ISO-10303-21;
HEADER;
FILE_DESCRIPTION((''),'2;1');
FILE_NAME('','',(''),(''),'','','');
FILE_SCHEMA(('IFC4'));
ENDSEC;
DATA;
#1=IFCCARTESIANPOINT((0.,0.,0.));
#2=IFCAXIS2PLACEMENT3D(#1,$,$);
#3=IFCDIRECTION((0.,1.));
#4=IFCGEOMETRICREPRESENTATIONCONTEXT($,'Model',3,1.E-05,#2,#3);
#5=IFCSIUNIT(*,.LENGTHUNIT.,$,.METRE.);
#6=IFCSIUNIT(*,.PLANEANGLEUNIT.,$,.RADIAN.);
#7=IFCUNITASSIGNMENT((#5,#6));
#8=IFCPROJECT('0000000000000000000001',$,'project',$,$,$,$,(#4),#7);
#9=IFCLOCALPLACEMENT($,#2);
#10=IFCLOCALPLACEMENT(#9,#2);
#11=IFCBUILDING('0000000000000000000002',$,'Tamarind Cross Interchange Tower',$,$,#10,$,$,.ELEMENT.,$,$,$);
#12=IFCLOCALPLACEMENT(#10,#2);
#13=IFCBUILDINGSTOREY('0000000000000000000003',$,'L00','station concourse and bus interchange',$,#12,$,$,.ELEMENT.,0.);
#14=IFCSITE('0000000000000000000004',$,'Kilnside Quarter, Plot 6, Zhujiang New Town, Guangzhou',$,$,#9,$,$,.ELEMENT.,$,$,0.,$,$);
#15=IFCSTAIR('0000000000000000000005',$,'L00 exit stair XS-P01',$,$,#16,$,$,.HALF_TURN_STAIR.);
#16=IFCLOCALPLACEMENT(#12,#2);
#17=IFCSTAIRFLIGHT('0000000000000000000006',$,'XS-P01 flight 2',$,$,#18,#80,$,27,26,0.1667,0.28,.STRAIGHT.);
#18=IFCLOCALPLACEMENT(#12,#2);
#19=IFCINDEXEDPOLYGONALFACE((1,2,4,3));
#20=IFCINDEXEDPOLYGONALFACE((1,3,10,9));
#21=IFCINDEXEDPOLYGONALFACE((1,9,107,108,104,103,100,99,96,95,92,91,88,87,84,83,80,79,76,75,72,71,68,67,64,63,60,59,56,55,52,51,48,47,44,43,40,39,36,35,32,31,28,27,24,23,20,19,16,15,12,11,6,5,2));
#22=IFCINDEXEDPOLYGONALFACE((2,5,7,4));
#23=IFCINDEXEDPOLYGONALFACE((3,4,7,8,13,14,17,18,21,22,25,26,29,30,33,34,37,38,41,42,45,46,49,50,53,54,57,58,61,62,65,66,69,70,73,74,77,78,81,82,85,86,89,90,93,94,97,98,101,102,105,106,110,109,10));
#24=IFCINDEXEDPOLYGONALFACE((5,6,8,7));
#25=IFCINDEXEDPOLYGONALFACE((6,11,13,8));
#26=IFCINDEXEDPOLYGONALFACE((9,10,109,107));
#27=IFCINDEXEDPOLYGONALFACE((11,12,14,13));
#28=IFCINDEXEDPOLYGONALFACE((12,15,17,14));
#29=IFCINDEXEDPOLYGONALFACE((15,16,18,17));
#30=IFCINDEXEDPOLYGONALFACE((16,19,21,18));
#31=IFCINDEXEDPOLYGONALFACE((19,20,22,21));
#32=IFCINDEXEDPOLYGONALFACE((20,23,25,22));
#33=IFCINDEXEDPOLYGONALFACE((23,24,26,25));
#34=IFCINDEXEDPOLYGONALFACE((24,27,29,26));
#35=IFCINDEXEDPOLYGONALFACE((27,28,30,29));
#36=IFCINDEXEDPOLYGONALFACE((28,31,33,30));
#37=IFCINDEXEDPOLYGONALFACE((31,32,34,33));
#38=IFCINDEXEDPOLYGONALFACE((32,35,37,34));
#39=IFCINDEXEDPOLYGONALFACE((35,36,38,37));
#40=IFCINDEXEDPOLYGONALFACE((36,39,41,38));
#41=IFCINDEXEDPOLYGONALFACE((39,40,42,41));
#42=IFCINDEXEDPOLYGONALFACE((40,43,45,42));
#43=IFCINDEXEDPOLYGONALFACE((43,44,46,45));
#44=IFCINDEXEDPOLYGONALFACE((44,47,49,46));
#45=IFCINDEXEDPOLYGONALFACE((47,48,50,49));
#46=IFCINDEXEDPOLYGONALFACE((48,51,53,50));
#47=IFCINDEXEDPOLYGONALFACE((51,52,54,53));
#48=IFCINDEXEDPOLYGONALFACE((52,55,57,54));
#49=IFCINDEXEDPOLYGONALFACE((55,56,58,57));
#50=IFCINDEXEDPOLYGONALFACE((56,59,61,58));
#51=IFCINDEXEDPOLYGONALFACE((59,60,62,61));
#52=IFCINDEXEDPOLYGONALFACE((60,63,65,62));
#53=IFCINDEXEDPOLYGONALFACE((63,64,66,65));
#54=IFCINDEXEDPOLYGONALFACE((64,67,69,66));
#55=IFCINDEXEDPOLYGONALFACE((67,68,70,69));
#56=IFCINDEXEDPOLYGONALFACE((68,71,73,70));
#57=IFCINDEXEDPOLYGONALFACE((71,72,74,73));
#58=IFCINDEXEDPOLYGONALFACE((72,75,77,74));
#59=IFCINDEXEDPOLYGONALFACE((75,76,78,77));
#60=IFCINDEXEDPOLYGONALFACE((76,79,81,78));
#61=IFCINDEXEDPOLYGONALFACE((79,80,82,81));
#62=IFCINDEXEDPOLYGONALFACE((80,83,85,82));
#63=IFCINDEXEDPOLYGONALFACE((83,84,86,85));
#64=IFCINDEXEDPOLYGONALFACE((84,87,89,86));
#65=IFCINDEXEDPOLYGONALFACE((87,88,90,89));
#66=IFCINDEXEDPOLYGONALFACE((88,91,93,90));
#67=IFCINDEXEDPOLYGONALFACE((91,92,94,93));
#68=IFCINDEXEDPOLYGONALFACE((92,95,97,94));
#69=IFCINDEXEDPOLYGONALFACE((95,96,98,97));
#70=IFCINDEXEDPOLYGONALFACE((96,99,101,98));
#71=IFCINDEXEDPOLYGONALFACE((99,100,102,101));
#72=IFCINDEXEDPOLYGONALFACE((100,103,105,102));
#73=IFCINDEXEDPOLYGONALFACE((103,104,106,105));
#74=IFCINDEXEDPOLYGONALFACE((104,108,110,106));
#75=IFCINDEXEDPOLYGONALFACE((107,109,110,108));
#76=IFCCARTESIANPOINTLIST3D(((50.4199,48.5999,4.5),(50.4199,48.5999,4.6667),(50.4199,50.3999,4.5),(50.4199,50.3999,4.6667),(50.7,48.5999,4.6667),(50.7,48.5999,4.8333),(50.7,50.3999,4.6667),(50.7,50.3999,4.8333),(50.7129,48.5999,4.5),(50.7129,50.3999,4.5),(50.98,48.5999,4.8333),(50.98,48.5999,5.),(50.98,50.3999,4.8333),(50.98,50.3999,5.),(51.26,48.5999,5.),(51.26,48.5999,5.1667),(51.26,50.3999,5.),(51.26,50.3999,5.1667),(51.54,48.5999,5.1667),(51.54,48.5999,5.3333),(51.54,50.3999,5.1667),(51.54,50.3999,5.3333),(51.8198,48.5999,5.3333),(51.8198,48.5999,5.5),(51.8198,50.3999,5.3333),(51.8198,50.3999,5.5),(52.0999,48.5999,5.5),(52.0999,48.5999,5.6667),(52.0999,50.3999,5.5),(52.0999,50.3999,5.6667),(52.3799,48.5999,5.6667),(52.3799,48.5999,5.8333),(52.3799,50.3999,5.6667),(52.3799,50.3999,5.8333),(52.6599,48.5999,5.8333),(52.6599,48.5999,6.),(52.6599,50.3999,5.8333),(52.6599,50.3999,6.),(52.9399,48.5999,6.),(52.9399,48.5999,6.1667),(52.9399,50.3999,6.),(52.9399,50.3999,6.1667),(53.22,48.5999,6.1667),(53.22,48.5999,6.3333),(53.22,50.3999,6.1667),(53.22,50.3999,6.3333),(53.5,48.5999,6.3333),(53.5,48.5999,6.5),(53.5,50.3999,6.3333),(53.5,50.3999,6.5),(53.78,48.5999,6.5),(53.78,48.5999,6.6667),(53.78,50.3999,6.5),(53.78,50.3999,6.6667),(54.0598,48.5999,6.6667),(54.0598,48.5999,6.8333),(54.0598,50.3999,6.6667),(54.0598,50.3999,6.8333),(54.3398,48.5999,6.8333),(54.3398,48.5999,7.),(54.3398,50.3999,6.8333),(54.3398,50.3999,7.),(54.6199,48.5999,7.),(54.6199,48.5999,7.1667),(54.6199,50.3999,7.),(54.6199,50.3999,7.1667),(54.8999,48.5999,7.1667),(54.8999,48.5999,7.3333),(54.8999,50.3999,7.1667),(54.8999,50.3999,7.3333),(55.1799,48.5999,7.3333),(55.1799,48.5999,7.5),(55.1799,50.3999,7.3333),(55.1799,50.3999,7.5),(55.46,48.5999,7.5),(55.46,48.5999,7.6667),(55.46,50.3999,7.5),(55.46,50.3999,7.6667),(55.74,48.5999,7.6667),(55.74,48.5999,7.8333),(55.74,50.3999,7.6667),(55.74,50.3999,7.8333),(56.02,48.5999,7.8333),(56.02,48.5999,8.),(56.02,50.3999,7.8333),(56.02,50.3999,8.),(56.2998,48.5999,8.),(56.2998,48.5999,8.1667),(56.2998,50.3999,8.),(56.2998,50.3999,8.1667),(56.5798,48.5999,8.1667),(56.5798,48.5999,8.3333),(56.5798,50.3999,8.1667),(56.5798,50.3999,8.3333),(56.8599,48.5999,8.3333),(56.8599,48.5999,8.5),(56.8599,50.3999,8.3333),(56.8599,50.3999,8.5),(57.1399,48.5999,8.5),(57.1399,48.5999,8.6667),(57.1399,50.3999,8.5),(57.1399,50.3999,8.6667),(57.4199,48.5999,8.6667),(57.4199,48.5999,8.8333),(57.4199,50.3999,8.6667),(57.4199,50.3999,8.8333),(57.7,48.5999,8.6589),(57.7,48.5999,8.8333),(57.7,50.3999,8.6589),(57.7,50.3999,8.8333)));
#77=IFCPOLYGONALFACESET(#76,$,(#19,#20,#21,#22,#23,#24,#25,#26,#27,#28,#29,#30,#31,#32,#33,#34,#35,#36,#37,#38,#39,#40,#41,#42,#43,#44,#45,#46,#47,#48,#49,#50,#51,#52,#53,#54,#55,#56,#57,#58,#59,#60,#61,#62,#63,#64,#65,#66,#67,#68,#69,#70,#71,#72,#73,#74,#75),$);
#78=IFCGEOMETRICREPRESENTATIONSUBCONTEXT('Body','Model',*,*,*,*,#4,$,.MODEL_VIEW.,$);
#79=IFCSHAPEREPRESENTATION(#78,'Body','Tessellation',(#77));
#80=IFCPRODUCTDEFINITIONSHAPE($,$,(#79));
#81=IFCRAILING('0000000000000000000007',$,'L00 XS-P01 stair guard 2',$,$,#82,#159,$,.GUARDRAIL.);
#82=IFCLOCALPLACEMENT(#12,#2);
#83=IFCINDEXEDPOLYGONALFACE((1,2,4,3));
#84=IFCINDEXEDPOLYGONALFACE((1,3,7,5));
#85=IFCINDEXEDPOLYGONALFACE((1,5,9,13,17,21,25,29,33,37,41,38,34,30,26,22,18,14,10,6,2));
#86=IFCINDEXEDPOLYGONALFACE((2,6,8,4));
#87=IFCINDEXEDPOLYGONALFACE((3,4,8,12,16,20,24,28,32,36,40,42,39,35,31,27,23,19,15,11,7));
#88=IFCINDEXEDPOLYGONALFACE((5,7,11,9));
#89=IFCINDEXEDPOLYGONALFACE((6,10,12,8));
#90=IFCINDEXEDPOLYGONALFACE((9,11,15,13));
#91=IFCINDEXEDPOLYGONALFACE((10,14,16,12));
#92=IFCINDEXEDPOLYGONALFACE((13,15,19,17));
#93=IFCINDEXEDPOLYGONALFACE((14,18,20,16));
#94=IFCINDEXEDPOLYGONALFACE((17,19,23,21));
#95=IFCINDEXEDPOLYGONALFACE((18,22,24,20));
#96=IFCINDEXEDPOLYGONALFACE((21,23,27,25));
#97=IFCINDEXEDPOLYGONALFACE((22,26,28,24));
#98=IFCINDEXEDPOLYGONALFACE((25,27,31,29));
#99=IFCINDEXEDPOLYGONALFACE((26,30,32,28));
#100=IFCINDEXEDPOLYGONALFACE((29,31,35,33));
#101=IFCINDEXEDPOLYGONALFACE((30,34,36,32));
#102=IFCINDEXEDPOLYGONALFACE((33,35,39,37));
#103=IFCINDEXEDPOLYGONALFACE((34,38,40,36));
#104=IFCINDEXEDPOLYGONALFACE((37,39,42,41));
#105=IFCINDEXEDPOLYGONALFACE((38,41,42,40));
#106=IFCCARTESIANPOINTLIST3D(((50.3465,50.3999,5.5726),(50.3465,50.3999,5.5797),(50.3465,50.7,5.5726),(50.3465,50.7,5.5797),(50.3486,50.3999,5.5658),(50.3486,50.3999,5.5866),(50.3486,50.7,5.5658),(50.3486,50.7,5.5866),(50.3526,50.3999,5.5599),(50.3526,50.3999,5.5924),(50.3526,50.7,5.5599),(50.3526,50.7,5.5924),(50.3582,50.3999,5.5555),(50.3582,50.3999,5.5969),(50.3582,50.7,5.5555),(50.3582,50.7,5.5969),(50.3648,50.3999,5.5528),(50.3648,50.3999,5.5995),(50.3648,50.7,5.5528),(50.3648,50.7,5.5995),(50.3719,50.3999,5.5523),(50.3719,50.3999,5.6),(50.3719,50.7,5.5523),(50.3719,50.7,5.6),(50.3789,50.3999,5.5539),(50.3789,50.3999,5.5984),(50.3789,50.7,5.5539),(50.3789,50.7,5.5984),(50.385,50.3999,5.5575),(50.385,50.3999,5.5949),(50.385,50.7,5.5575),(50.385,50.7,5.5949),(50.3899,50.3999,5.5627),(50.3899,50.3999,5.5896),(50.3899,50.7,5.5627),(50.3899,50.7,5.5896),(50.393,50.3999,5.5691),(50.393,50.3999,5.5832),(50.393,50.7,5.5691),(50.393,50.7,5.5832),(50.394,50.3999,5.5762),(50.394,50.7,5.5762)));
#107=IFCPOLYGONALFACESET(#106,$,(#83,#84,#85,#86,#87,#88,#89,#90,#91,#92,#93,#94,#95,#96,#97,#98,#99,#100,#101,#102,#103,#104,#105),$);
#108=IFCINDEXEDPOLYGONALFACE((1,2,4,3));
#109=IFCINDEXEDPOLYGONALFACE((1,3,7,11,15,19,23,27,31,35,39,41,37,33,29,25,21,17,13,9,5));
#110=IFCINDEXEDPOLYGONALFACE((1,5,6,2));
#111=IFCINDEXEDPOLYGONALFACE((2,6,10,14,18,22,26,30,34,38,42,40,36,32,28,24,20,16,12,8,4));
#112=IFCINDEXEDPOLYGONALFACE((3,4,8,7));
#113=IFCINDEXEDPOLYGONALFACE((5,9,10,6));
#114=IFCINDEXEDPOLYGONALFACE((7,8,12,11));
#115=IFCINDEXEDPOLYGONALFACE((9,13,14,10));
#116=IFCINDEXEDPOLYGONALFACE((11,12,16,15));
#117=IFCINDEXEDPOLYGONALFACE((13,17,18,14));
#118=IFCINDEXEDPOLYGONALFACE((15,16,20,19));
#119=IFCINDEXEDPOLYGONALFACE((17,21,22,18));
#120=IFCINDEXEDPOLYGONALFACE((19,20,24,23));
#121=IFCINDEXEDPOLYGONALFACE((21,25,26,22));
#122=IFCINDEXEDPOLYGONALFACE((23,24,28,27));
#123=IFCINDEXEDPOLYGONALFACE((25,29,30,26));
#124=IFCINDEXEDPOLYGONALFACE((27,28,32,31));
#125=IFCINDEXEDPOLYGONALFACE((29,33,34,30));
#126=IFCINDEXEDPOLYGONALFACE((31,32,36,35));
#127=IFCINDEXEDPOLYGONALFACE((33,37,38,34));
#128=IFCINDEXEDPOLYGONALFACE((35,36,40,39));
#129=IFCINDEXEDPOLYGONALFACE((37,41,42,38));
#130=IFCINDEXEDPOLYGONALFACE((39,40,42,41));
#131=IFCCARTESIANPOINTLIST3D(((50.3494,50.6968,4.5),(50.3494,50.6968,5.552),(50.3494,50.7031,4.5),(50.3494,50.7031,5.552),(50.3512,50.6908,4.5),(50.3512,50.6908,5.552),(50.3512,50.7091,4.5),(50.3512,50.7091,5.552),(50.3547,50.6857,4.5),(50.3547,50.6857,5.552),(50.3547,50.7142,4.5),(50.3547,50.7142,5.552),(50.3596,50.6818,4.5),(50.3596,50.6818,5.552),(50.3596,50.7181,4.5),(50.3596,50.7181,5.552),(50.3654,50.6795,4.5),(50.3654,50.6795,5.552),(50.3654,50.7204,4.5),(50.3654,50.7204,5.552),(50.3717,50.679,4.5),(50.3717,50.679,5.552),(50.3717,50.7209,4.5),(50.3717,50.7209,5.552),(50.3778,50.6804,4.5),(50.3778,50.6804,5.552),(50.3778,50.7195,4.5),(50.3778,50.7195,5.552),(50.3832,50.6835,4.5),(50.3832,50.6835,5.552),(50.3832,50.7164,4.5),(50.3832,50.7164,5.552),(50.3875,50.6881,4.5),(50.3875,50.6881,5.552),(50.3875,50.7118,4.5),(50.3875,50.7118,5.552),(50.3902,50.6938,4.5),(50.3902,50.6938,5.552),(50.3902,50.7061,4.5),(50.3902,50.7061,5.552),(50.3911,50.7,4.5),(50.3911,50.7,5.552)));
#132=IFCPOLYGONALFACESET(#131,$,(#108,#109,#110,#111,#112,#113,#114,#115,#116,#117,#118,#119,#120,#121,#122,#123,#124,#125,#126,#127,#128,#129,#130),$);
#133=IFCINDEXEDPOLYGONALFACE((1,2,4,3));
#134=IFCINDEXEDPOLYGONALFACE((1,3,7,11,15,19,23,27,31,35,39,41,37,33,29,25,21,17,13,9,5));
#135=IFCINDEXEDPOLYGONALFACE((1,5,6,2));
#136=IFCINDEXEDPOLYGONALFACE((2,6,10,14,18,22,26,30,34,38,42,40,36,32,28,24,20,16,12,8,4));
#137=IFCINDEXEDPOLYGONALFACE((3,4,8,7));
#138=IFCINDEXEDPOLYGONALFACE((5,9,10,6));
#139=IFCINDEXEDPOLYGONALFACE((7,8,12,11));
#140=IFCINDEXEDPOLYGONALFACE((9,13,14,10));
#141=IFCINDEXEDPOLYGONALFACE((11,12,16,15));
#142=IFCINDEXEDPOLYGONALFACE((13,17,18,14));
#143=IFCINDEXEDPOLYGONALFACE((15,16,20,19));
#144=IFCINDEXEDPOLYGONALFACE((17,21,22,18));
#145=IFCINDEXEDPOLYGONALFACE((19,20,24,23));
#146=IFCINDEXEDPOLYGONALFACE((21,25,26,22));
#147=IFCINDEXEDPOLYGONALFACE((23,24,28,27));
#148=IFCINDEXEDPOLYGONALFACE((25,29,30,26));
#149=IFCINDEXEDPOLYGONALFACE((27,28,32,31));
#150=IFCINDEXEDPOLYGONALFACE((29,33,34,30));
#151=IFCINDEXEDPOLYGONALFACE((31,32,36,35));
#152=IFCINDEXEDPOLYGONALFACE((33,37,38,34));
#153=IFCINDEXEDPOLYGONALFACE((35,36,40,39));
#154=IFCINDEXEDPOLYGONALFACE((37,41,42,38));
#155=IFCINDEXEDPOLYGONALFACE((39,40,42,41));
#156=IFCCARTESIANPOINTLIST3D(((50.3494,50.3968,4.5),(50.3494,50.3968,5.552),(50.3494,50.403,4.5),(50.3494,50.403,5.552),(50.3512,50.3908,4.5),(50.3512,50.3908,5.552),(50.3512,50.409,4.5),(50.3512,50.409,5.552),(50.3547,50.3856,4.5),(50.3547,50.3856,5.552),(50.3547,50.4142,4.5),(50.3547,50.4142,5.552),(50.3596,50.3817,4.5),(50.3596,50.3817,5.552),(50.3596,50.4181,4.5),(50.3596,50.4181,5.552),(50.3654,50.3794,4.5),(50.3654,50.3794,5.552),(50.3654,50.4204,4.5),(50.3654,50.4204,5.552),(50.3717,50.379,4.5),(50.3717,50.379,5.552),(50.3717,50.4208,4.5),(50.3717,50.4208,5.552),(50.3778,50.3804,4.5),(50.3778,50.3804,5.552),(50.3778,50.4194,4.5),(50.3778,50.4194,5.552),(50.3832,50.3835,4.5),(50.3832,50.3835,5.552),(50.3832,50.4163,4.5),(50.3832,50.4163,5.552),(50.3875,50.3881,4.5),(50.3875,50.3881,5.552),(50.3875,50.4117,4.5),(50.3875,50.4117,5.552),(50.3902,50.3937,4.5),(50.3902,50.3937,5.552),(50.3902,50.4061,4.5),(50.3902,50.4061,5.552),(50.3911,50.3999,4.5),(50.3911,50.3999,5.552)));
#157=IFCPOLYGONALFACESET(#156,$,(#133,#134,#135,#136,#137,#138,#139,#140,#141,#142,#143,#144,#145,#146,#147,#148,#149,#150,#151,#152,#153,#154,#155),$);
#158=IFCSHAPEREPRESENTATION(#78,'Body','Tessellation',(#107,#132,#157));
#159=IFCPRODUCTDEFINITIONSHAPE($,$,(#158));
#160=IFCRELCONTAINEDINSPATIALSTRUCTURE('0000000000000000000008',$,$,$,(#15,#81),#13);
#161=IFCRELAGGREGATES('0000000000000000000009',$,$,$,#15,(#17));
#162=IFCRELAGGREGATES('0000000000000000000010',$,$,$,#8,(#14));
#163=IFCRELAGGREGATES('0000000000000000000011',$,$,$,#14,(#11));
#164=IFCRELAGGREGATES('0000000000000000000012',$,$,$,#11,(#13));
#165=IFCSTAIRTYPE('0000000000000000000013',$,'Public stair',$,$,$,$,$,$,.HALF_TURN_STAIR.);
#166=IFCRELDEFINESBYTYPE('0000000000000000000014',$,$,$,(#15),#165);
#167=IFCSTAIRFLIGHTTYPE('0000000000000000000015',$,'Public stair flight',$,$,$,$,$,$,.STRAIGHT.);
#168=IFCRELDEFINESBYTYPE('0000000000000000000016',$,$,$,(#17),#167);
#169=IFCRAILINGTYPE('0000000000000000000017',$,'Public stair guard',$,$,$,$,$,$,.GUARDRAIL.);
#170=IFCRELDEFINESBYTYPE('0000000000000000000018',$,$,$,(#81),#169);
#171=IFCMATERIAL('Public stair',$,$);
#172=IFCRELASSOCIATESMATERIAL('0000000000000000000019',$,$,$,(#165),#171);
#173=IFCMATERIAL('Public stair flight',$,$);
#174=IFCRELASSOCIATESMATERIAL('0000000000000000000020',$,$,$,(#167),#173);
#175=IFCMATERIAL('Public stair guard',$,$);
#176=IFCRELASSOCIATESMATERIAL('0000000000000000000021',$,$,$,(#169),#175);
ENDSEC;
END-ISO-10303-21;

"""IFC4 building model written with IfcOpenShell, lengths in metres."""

from ifc_helpers import new_model, si_unit, direction, frame, origin, origin_2d, place, context, subcontext, project, spatial, polyline, circle, outline, extrude, material, type_object, element, aggregate, save


model = new_model("IFC4")

# Units and contexts
model_context = context("Model", 3, precision=1e-05, world=origin(), true_north=direction((0.0, 1.0)))
body_context = subcontext(model_context, "Body", "Model", "MODEL_VIEW")
ifc_project = project(units=[si_unit("LENGTHUNIT", "METRE"), si_unit("PLANEANGLEUNIT", "RADIAN")], contexts=[model_context])

# Site, building, storey
site_placement = place(None, origin())
site = spatial("IfcSite", under=ifc_project, at=site_placement, Name="Kilnside Quarter, Plot 6, Zhujiang New Town, Guangzhou", CompositionType="ELEMENT", RefElevation=0.0)
building_placement = place(site_placement, origin())
building = spatial("IfcBuilding", under=site, at=building_placement, Name="Tamarind Cross Interchange Tower", CompositionType="ELEMENT")
storey_placement = place(building_placement, origin())
storey = spatial("IfcBuildingStorey", under=building, at=storey_placement, Name="L00", Description="station concourse and bus interchange", CompositionType="ELEMENT", Elevation=0.0)

# Stair, stair flight
ifc_material_1 = material(Name="Public stair")
stair_type = type_object("IfcStairType", Name="Public stair", PredefinedType="HALF_TURN_STAIR", material=ifc_material_1)
stair_placement = place(storey_placement, origin())
stair = element("IfcStair", 1, at=stair_placement, inside=storey, type_object=stair_type, Name="L00 exit stair XS-P01", PredefinedType="HALF_TURN_STAIR")
ifc_material_2 = material(Name="Public stair flight")
stair_flight_type = type_object("IfcStairFlightType", Name="Public stair flight", PredefinedType="STRAIGHT", material=ifc_material_2)
stair_flight_placement = place(storey_placement, frame((50.4199, 49.5, 4.5), z_axis=(0.0, 0.0, 1.0), x_axis=(1.0, 0.0, 0.0)))
stair_flight = element("IfcStairFlight", 2, at=stair_flight_placement, type_object=stair_flight_type, Name="XS-P01 flight 2", NumberOfRisers=27, NumberOfTreads=26, PredefinedType="STRAIGHT", RiserHeight=0.1667, TreadLength=0.28, context=body_context, shape_type="SweptSolid", body=[
    extrude(outline(polyline([(0.0, 0.0), (0.0, 0.1667), (0.28, 0.1667), (0.28, 0.3333), (0.5601, 0.3333), (0.5601, 0.5), (0.8401, 0.5), (0.8401, 0.6667), (1.1201, 0.6667), (1.1201, 0.8333), (1.3999, 0.8333), (1.3999, 1.0), (1.6799, 1.0), (1.6799, 1.1667), (1.96, 1.1667), (1.96, 1.3333), (2.24, 1.3333), (2.24, 1.5), (2.52, 1.5), (2.52, 1.6667), (2.8, 1.6667), (2.8, 1.8333), (3.0801, 1.8333), (3.0801, 2.0), (3.3601, 2.0), (3.3601, 2.1667), (3.6399, 2.1667), (3.6399, 2.3333), (3.9199, 2.3333), (3.9199, 2.5), (4.2, 2.5), (4.2, 2.6667), (4.48, 2.6667), (4.48, 2.8333), (4.76, 2.8333), (4.76, 3.0), (5.04, 3.0), (5.04, 3.1667), (5.3201, 3.1667), (5.3201, 3.3333), (5.6001, 3.3333), (5.6001, 3.5), (5.8799, 3.5), (5.8799, 3.6667), (6.1599, 3.6667), (6.1599, 3.8333), (6.4399, 3.8333), (6.4399, 4.0), (6.72, 4.0), (6.72, 4.1667), (7.0, 4.1667), (7.0, 4.3333), (7.28, 4.3333), (7.28, 4.5), (7.28, 4.1589), (0.293, 0.0), (0.0, 0.0)])), frame((0.0, 0.8999, 0.0), z_axis=(0.0, -1.0, 0.0), x_axis=(1.0, 0.0, 0.0)), (0.0, 0.0, 1.0), 1.8),
])
aggregate(stair, [stair_flight])

# Railing
ifc_material_3 = material(Name="Public stair guard")
railing_type_1 = type_object("IfcRailingType", Name="Public stair guard", PredefinedType="GUARDRAIL", material=ifc_material_3)
railing_1_placement = place(storey_placement, frame((50.3701, 50.7, 4.5)))
element("IfcRailing", 3, at=railing_1_placement, inside=storey, type_object=railing_type_1, Name="L00 XS-P01 stair guard 2", PredefinedType="GUARDRAIL", context=body_context, shape_type="SweptSolid", body=[
    extrude(circle(Radius=0.0239, at=origin_2d()), frame((0.0, 0.0, 1.0762), z_axis=(0.0, -1.0, 0.0), x_axis=(1.0, 0.0, 0.0)), (0.0, 0.0, 1.0), 0.3),
    extrude(circle(Radius=0.021, at=origin_2d()), origin(), (0.0, 0.0, 1.0), 1.052),
    extrude(circle(Radius=0.021, at=origin_2d()), frame((0.0, -0.3, 0.0)), (0.0, 0.0, 1.0), 1.052),
])

save(model, "model.ifc")
